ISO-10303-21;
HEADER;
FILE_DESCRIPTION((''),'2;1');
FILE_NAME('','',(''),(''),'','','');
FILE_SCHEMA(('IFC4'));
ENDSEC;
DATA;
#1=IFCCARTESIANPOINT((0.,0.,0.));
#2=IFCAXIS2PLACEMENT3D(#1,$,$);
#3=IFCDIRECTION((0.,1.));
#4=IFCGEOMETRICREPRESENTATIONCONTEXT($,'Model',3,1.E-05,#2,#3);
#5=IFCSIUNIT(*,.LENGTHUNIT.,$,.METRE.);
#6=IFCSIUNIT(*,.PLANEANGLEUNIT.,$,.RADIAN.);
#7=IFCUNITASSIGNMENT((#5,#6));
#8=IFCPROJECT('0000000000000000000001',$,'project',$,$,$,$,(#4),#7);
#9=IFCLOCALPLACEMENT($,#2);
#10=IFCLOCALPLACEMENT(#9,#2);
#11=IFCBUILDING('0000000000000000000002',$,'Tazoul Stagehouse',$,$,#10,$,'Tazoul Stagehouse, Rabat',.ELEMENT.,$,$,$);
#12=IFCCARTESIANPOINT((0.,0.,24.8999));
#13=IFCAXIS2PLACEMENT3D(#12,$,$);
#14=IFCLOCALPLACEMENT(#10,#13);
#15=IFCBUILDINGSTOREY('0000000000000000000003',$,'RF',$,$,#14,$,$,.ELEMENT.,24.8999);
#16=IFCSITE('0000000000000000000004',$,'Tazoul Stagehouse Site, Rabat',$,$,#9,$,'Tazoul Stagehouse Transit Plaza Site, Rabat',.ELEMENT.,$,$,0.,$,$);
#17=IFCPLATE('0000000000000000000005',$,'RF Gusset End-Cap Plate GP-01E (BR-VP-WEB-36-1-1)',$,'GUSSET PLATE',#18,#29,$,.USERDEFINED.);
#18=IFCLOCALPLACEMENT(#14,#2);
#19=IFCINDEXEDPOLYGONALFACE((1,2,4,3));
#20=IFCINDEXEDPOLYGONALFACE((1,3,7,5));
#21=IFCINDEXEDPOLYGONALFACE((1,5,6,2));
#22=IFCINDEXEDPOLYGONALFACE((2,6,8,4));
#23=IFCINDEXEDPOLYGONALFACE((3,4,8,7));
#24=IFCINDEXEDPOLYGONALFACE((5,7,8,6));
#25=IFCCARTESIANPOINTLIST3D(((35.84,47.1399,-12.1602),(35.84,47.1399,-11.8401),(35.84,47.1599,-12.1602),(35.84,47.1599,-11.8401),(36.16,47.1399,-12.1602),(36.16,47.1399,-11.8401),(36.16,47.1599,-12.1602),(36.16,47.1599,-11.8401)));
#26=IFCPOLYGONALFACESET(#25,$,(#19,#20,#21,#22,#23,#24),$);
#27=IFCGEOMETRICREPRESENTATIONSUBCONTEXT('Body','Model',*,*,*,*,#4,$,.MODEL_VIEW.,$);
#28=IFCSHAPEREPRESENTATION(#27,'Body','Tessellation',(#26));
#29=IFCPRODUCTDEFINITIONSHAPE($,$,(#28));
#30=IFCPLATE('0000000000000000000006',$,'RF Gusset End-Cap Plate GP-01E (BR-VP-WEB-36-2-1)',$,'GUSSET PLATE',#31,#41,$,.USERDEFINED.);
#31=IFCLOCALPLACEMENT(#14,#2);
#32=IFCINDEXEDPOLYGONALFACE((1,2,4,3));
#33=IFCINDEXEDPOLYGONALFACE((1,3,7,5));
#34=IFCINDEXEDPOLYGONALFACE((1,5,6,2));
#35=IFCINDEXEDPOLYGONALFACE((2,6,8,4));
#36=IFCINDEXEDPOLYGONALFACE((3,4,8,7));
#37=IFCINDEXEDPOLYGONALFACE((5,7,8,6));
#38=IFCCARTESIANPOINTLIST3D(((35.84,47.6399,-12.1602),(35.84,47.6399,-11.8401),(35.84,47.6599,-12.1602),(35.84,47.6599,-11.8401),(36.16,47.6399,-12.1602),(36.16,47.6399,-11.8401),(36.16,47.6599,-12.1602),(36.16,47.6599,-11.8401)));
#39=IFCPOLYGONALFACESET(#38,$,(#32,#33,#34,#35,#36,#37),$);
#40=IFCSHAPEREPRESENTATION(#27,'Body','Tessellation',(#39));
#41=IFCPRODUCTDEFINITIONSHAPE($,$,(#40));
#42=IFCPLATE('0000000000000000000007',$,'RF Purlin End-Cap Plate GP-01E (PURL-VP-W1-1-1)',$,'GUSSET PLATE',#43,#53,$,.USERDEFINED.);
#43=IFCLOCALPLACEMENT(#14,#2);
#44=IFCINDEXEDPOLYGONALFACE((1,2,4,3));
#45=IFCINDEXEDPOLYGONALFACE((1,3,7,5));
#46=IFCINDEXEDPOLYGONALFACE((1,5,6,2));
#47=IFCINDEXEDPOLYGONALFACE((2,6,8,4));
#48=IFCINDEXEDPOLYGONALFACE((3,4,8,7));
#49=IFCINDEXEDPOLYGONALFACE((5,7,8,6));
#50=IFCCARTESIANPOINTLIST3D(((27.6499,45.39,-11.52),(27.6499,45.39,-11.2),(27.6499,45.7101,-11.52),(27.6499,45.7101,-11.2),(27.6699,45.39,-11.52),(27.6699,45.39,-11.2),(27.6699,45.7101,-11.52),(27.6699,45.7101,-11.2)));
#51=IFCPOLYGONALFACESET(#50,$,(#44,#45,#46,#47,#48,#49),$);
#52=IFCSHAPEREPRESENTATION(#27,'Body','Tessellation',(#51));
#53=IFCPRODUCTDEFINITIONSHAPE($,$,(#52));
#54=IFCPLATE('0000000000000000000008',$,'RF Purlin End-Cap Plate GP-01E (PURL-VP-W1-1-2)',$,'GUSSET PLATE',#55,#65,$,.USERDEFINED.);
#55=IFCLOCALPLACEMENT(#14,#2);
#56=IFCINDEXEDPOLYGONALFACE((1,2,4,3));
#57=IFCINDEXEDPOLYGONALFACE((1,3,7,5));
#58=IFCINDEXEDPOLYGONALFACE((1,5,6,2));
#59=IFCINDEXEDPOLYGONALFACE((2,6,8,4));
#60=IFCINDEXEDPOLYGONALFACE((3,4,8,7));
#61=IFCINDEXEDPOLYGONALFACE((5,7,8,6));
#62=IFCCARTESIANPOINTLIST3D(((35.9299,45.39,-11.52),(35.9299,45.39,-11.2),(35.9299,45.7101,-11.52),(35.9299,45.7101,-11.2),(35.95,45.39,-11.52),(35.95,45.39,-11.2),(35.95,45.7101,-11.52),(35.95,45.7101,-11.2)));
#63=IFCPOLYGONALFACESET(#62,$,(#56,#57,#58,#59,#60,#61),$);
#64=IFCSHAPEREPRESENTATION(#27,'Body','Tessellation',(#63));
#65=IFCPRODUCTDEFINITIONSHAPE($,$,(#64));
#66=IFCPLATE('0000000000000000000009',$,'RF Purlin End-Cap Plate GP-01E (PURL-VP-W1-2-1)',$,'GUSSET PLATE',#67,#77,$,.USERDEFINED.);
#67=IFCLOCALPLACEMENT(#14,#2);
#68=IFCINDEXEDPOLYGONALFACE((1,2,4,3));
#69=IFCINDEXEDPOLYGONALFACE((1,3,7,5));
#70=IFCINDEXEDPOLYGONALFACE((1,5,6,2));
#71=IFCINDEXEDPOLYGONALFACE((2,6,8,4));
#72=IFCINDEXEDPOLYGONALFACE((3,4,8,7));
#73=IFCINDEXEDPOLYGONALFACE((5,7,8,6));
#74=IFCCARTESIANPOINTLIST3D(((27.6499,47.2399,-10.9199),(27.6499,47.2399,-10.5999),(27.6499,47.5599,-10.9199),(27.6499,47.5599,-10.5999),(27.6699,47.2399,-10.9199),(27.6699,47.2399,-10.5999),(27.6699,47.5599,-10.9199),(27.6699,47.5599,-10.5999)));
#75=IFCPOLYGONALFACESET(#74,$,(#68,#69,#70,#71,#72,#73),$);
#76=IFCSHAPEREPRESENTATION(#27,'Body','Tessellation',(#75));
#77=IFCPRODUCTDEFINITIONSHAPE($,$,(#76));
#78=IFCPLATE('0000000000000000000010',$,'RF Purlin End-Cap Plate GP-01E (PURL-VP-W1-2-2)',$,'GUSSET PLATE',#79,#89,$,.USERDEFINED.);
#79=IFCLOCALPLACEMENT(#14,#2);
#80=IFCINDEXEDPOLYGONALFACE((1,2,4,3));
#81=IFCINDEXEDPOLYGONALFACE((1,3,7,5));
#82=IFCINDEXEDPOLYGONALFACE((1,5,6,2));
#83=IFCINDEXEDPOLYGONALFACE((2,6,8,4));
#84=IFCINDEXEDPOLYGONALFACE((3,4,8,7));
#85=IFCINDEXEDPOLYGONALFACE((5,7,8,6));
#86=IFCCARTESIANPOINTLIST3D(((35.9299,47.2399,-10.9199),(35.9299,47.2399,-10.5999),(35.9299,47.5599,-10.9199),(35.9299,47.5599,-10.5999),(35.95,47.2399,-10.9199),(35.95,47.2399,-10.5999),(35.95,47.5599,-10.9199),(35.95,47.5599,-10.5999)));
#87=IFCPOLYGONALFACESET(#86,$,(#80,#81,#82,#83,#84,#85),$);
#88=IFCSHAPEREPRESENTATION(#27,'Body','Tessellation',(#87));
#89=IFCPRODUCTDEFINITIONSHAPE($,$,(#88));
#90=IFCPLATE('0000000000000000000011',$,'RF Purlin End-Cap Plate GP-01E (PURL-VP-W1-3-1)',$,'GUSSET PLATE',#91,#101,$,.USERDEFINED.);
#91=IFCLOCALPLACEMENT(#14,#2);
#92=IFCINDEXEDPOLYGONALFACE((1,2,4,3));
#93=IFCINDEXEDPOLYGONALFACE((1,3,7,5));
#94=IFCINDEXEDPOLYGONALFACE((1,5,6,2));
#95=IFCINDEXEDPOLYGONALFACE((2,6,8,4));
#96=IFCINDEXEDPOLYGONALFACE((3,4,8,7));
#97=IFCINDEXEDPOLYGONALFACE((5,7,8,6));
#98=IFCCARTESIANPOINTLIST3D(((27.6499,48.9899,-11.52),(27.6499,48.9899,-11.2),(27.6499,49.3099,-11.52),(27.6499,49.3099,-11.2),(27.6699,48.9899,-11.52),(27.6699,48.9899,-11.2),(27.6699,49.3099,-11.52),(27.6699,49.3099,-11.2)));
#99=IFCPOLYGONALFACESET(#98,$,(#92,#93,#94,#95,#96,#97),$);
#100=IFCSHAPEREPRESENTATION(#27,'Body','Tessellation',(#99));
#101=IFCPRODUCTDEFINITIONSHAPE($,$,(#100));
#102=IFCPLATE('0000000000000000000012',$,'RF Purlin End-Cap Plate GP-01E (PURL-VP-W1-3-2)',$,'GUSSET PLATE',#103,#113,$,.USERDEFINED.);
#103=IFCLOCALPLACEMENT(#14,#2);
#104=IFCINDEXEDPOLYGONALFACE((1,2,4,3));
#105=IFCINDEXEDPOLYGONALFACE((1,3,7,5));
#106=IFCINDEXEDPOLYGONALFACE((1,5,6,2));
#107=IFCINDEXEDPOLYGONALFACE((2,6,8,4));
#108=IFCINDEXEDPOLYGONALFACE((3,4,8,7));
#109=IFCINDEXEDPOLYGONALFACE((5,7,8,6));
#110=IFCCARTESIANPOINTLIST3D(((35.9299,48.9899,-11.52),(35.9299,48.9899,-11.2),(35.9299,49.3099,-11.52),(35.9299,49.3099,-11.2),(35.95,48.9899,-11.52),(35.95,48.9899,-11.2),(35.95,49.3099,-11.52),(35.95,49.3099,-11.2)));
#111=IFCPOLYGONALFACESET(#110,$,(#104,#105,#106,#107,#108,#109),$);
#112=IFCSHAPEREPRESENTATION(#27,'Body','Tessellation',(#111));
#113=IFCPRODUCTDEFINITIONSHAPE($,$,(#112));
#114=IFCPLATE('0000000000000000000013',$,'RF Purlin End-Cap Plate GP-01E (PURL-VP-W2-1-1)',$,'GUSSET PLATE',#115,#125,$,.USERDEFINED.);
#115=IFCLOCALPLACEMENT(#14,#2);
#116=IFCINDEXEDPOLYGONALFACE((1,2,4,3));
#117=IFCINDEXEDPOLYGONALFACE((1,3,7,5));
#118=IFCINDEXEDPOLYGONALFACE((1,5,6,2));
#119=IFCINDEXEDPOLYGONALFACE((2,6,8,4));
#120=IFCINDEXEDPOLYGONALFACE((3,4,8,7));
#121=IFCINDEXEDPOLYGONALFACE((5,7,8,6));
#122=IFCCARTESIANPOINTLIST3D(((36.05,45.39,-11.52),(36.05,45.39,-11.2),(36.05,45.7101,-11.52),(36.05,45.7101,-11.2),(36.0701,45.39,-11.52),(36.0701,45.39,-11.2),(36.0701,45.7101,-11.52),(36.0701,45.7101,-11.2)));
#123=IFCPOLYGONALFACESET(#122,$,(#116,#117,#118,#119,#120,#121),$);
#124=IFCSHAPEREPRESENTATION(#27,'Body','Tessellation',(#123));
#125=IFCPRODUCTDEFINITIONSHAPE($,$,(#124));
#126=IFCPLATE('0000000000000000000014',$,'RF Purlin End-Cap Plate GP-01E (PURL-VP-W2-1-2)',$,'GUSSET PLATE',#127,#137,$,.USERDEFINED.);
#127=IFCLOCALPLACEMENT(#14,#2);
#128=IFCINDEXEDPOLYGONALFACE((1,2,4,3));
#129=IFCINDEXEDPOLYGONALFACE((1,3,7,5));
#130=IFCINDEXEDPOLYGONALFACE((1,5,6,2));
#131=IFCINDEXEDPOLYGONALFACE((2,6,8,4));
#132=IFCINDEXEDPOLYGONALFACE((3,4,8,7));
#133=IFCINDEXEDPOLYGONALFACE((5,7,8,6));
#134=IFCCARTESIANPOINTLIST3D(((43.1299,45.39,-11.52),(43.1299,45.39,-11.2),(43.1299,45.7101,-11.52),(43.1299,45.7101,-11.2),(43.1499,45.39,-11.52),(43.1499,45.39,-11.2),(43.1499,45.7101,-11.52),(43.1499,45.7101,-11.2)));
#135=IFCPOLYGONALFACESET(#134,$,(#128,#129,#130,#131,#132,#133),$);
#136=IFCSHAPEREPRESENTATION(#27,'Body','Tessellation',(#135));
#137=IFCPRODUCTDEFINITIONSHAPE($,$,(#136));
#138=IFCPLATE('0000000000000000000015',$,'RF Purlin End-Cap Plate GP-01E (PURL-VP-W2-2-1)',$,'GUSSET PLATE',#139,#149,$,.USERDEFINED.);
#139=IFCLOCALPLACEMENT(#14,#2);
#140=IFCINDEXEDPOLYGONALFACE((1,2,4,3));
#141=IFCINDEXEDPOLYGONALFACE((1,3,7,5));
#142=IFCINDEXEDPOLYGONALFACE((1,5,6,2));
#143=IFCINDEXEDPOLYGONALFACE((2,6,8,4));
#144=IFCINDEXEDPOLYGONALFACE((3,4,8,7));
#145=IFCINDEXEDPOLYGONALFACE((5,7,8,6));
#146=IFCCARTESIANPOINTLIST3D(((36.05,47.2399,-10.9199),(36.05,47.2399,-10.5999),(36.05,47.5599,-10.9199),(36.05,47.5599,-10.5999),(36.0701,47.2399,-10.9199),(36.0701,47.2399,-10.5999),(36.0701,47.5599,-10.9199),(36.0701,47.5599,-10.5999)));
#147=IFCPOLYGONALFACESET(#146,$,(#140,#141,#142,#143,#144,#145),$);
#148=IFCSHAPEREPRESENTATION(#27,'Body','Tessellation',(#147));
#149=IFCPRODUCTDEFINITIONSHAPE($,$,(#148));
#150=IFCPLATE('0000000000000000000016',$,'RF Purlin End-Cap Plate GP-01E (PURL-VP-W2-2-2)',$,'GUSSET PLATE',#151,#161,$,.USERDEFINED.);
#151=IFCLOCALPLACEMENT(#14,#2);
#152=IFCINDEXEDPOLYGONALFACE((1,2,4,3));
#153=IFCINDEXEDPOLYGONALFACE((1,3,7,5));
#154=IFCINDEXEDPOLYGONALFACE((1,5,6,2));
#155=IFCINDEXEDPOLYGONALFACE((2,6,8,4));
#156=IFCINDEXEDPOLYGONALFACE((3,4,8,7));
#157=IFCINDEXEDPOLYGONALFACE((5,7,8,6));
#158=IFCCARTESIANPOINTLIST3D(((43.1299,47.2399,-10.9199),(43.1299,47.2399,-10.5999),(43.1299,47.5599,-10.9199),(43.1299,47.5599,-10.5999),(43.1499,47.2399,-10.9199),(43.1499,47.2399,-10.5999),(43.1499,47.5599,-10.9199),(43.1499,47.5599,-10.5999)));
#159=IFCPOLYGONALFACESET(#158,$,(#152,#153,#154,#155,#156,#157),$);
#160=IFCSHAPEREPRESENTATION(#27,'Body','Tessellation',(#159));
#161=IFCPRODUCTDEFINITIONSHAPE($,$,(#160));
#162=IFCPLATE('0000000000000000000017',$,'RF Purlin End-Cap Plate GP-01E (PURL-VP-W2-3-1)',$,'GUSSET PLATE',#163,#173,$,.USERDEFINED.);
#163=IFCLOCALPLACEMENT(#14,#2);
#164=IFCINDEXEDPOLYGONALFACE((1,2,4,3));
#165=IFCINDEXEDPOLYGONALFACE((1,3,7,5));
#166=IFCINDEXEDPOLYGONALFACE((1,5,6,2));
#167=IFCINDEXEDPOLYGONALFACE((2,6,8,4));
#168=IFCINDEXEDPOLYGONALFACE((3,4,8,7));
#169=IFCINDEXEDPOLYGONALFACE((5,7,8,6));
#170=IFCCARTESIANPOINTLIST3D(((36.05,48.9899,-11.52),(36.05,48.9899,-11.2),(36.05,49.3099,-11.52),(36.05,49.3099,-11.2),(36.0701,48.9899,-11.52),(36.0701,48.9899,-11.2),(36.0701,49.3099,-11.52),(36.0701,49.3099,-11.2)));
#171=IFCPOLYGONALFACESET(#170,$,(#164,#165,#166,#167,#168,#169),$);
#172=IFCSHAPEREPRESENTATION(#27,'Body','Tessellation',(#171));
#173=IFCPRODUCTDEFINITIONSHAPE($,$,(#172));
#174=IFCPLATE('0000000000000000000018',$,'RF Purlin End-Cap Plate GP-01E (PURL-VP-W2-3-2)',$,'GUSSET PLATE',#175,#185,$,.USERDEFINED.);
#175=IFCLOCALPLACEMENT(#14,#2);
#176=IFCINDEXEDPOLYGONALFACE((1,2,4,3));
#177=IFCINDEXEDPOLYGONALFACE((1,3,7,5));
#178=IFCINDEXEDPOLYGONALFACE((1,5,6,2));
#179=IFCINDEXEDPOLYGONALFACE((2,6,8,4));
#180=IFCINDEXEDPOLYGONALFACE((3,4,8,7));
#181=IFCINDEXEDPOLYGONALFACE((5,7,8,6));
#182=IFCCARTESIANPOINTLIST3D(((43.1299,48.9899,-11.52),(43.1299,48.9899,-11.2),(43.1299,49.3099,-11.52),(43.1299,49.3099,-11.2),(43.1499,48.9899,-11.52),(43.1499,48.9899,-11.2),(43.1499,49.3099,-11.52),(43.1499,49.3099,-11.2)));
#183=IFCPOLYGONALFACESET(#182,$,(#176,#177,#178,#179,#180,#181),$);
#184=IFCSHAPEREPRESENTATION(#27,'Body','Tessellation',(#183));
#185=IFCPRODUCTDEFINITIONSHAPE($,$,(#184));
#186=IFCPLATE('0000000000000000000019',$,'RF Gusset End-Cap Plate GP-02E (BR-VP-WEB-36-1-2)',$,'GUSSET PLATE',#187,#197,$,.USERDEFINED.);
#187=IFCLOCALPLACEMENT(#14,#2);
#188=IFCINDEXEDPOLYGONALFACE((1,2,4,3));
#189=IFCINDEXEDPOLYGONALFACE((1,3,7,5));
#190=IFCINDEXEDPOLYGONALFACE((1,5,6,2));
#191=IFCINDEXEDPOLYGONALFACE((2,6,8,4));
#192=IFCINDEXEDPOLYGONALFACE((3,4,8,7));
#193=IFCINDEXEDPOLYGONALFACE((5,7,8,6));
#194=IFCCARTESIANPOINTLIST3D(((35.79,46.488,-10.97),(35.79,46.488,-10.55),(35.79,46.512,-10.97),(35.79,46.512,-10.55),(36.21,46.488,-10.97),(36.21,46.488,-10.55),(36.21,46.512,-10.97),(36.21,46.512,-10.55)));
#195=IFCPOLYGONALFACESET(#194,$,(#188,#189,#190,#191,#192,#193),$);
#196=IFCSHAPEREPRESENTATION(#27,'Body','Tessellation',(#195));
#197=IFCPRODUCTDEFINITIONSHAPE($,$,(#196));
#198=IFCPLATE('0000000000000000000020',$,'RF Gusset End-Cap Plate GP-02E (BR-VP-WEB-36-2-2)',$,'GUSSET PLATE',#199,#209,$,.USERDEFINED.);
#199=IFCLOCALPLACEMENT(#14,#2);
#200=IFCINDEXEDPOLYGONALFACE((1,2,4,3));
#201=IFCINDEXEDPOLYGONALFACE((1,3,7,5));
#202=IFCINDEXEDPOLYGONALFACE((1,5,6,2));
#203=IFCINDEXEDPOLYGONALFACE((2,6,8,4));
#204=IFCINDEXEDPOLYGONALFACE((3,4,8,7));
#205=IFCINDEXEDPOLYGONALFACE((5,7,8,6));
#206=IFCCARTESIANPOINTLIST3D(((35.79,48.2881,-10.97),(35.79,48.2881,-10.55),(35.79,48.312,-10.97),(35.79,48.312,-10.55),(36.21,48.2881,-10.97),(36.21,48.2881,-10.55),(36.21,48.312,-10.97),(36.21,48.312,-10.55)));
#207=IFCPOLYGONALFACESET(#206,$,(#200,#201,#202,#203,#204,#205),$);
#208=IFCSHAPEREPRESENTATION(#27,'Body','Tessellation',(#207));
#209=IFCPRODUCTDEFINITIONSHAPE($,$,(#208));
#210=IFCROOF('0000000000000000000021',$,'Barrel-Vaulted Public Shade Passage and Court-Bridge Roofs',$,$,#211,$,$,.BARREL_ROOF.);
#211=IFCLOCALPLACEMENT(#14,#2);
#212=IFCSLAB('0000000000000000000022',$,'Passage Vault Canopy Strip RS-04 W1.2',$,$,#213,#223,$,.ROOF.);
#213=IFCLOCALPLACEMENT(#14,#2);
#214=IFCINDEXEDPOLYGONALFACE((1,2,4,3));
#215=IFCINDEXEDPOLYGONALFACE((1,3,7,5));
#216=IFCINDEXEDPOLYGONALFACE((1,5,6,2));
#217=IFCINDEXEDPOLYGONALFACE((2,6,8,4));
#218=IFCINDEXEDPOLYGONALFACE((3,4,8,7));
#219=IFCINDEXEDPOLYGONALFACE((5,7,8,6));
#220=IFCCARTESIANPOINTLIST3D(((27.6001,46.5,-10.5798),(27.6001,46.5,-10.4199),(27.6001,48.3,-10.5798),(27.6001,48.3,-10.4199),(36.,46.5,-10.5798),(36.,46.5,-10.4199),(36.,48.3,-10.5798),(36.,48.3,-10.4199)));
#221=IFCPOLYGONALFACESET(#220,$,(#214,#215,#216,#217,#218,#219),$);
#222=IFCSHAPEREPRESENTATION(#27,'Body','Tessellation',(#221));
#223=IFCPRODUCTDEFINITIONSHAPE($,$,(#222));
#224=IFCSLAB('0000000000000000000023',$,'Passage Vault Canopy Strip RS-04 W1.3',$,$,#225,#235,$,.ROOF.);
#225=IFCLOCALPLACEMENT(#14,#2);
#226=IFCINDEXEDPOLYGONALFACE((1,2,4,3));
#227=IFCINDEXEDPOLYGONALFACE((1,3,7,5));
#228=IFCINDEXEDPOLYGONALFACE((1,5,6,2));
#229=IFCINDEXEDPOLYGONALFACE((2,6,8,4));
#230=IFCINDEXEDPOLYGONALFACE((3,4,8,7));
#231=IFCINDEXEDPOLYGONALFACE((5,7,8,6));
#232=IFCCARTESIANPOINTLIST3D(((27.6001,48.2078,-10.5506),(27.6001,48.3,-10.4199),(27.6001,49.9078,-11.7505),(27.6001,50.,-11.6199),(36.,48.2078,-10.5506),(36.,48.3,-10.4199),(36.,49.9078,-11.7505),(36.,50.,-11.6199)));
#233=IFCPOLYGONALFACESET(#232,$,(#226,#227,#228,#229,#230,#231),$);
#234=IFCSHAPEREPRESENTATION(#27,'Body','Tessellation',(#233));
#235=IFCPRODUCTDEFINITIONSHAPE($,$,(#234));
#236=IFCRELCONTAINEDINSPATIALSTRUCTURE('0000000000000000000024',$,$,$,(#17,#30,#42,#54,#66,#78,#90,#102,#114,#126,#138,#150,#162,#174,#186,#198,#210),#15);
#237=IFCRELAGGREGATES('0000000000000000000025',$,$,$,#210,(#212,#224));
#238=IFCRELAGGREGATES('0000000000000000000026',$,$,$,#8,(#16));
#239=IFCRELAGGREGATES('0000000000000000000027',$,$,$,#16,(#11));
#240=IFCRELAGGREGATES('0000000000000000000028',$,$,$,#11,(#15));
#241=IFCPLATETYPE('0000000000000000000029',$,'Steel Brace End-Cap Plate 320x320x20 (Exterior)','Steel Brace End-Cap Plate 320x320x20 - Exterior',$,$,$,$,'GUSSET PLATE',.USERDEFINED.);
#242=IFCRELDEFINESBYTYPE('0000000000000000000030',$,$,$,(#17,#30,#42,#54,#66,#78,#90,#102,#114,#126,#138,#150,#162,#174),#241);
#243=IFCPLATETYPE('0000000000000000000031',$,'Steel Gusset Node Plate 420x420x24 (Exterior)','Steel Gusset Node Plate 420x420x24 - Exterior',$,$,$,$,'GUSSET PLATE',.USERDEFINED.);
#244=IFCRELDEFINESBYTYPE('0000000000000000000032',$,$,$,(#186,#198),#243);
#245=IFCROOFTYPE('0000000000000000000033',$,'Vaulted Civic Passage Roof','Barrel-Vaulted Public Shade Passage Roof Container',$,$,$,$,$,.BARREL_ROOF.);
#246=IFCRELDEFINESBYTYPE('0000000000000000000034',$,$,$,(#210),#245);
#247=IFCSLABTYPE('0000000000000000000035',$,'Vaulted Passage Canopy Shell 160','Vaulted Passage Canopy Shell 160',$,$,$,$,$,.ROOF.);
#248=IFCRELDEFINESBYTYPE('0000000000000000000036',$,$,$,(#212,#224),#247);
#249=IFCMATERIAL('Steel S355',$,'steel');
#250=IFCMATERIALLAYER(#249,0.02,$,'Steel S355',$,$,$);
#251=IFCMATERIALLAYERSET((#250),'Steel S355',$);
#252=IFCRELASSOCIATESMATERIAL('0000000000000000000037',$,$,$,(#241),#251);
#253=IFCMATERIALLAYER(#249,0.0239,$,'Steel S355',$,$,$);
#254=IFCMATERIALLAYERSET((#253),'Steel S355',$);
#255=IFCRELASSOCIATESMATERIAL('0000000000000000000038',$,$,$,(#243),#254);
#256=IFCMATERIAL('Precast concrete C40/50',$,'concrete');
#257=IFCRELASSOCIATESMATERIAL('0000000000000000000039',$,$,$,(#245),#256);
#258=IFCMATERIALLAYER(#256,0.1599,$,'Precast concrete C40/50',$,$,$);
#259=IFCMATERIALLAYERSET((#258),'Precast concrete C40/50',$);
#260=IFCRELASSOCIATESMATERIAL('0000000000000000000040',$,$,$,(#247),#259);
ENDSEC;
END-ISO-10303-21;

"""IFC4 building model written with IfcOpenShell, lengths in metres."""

from ifc_helpers import new_model, si_unit, direction, frame, origin, origin_2d, place, context, subcontext, project, spatial, polyline, rectangle, outline, extrude, material, layer, layer_set, type_object, element, aggregate, save


model = new_model("IFC4")

# Units and contexts
model_context = context("Model", 3, precision=1e-05, world=origin(), true_north=direction((0.0, 1.0)))
body_context = subcontext(model_context, "Body", "Model", "MODEL_VIEW")
ifc_project = project(units=[si_unit("LENGTHUNIT", "METRE"), si_unit("PLANEANGLEUNIT", "RADIAN")], contexts=[model_context])

# Site, building, storey
site_placement = place(None, origin())
site = spatial("IfcSite", under=ifc_project, at=site_placement, Name="Tazoul Stagehouse Site, Rabat", LongName="Tazoul Stagehouse Transit Plaza Site, Rabat", CompositionType="ELEMENT", RefElevation=0.0)
building_placement = place(site_placement, origin())
building = spatial("IfcBuilding", under=site, at=building_placement, Name="Tazoul Stagehouse", LongName="Tazoul Stagehouse, Rabat", CompositionType="ELEMENT")
storey_placement = place(building_placement, frame((0.0, 0.0, 24.8999)))
storey = spatial("IfcBuildingStorey", under=building, at=storey_placement, Name="RF", CompositionType="ELEMENT", Elevation=24.8999)

# Shared definitions
ifc_material_1 = material(Name="Steel S355", Category="steel")

# Plates
ifc_layer_1 = layer(ifc_material_1, 0.02, Name="Steel S355")
ifc_layer_set_1 = layer_set([ifc_layer_1], Name="Steel S355")
plate_type_1 = type_object("IfcPlateType", Name="Steel Brace End-Cap Plate 320x320x20 (Exterior)", Description="Steel Brace End-Cap Plate 320x320x20 - Exterior", ElementType="GUSSET PLATE", PredefinedType="USERDEFINED", material=ifc_layer_set_1)
for number, where, z_axis, x_axis, name in (
    (1, (36.0, 47.1499, -12.1602), (0.0, 0.0, 1.0), (0.0, -1.0, 0.0), "RF Gusset End-Cap Plate GP-01E (BR-VP-WEB-36-1-1)"),
    (2, (36.0, 47.6499, -12.1602), (0.0, 0.0, 1.0), (0.0, 1.0, 0.0), "RF Gusset End-Cap Plate GP-01E (BR-VP-WEB-36-2-1)"),
    (3, (27.6599, 45.55, -11.52), (0.0, 0.0, 1.0), (1.0, 0.0, 0.0), "RF Purlin End-Cap Plate GP-01E (PURL-VP-W1-1-1)"),
    (4, (35.9399, 45.55, -11.52), (0.0, 0.0, 1.0), (1.0, 0.0, 0.0), "RF Purlin End-Cap Plate GP-01E (PURL-VP-W1-1-2)"),
    (5, (27.6599, 47.3999, -10.9199), (0.0, 0.0, 1.0), (1.0, 0.0, 0.0), "RF Purlin End-Cap Plate GP-01E (PURL-VP-W1-2-1)"),
    (6, (35.9399, 47.3999, -10.9199), (0.0, 0.0, 1.0), (1.0, 0.0, 0.0), "RF Purlin End-Cap Plate GP-01E (PURL-VP-W1-2-2)"),
    (7, (27.6599, 49.1499, -11.52), (0.0, 0.0, 1.0), (1.0, 0.0, 0.0), "RF Purlin End-Cap Plate GP-01E (PURL-VP-W1-3-1)"),
    (8, (35.9399, 49.1499, -11.52), (0.0, 0.0, 1.0), (1.0, 0.0, 0.0), "RF Purlin End-Cap Plate GP-01E (PURL-VP-W1-3-2)"),
    (9, (36.0601, 45.55, -11.52), (0.0, 0.0, 1.0), (1.0, 0.0, 0.0), "RF Purlin End-Cap Plate GP-01E (PURL-VP-W2-1-1)"),
    (10, (43.1399, 45.55, -11.52), (0.0, 0.0, 1.0), (1.0, 0.0, 0.0), "RF Purlin End-Cap Plate GP-01E (PURL-VP-W2-1-2)"),
    (11, (36.0601, 47.3999, -10.9199), (0.0, 0.0, 1.0), (1.0, 0.0, 0.0), "RF Purlin End-Cap Plate GP-01E (PURL-VP-W2-2-1)"),
    (12, (43.1399, 47.3999, -10.9199), (0.0, 0.0, 1.0), (1.0, 0.0, 0.0), "RF Purlin End-Cap Plate GP-01E (PURL-VP-W2-2-2)"),
    (13, (36.0601, 49.1499, -11.52), (0.0, 0.0, 1.0), (1.0, 0.0, 0.0), "RF Purlin End-Cap Plate GP-01E (PURL-VP-W2-3-1)"),
    (14, (43.1399, 49.1499, -11.52), (0.0, 0.0, 1.0), (1.0, 0.0, 0.0), "RF Purlin End-Cap Plate GP-01E (PURL-VP-W2-3-2)"),
):
    element("IfcPlate", number, at=place(storey_placement, frame(where, z_axis=z_axis, x_axis=x_axis)), inside=storey, type_object=plate_type_1, Name=name, ObjectType="GUSSET PLATE", PredefinedType="USERDEFINED", context=body_context, shape_type="SweptSolid", body=[
        extrude(rectangle(XDim=0.02, YDim=0.3201, at=origin_2d()), origin(), (0.0, 0.0, 1.0), 0.3201),
    ])
ifc_layer_2 = layer(ifc_material_1, 0.0239, Name="Steel S355")
ifc_layer_set_2 = layer_set([ifc_layer_2], Name="Steel S355")
plate_type_2 = type_object("IfcPlateType", Name="Steel Gusset Node Plate 420x420x24 (Exterior)", Description="Steel Gusset Node Plate 420x420x24 - Exterior", ElementType="GUSSET PLATE", PredefinedType="USERDEFINED", material=ifc_layer_set_2)
for number, where, z_axis, x_axis, name in (
    (15, (36.0, 46.5, -10.97), (0.0, 0.0, 1.0), (0.0, -1.0, 0.0), "RF Gusset End-Cap Plate GP-02E (BR-VP-WEB-36-1-2)"),
    (16, (36.0, 48.3, -10.97), (0.0, 0.0, 1.0), (0.0, 1.0, 0.0), "RF Gusset End-Cap Plate GP-02E (BR-VP-WEB-36-2-2)"),
):
    element("IfcPlate", number, at=place(storey_placement, frame(where, z_axis=z_axis, x_axis=x_axis)), inside=storey, type_object=plate_type_2, Name=name, ObjectType="GUSSET PLATE", PredefinedType="USERDEFINED", context=body_context, shape_type="SweptSolid", body=[
        extrude(rectangle(XDim=0.0239, YDim=0.4199, at=origin_2d()), origin(), (0.0, 0.0, 1.0), 0.4199),
    ])

# Roof, slabs
ifc_material_2 = material(Name="Precast concrete C40/50", Category="concrete")
roof_type = type_object("IfcRoofType", Name="Vaulted Civic Passage Roof", Description="Barrel-Vaulted Public Shade Passage Roof Container", PredefinedType="BARREL_ROOF", material=ifc_material_2)
roof_placement = place(storey_placement, origin())
roof = element("IfcRoof", 17, at=roof_placement, inside=storey, type_object=roof_type, Name="Barrel-Vaulted Public Shade Passage and Court-Bridge Roofs", PredefinedType="BARREL_ROOF")
ifc_layer_3 = layer(ifc_material_2, 0.1599, Name="Precast concrete C40/50")
ifc_layer_set_3 = layer_set([ifc_layer_3], Name="Precast concrete C40/50")
slab_type = type_object("IfcSlabType", Name="Vaulted Passage Canopy Shell 160", Description="Vaulted Passage Canopy Shell 160", PredefinedType="ROOF", material=ifc_layer_set_3)
slab_1_placement = place(storey_placement, frame((27.6001, 46.5, -10.4199), z_axis=(0.0, 0.0, 1.0), x_axis=(1.0, 0.0, 0.0)))
slab_1 = element("IfcSlab", 18, at=slab_1_placement, type_object=slab_type, Name="Passage Vault Canopy Strip RS-04 W1.2", PredefinedType="ROOF", context=body_context, shape_type="SweptSolid", body=[
    extrude(outline(polyline([(0.0, 0.0), (8.3999, 0.0), (8.3999, 1.8), (0.0, 1.8), (0.0, 0.0)])), origin(), (0.0, 0.0, -1.0), 0.1599),
])
slab_2_placement = place(storey_placement, frame((27.6001, 48.3, -10.4199), z_axis=(0.0, 0.576679, 0.816971), x_axis=(1.0, 0.0, 0.0)))
slab_2 = element("IfcSlab", 19, at=slab_2_placement, type_object=slab_type, Name="Passage Vault Canopy Strip RS-04 W1.3", PredefinedType="ROOF", context=body_context, shape_type="SweptSolid", body=[
    extrude(outline(polyline([(0.0, 0.0), (8.3999, 0.0), (8.3999, 2.0808), (0.0, 2.0808), (0.0, 0.0)])), origin(), (0.0, 0.0, -1.0), 0.1599),
])
aggregate(roof, [slab_1, slab_2])

save(model, "model.ifc")
